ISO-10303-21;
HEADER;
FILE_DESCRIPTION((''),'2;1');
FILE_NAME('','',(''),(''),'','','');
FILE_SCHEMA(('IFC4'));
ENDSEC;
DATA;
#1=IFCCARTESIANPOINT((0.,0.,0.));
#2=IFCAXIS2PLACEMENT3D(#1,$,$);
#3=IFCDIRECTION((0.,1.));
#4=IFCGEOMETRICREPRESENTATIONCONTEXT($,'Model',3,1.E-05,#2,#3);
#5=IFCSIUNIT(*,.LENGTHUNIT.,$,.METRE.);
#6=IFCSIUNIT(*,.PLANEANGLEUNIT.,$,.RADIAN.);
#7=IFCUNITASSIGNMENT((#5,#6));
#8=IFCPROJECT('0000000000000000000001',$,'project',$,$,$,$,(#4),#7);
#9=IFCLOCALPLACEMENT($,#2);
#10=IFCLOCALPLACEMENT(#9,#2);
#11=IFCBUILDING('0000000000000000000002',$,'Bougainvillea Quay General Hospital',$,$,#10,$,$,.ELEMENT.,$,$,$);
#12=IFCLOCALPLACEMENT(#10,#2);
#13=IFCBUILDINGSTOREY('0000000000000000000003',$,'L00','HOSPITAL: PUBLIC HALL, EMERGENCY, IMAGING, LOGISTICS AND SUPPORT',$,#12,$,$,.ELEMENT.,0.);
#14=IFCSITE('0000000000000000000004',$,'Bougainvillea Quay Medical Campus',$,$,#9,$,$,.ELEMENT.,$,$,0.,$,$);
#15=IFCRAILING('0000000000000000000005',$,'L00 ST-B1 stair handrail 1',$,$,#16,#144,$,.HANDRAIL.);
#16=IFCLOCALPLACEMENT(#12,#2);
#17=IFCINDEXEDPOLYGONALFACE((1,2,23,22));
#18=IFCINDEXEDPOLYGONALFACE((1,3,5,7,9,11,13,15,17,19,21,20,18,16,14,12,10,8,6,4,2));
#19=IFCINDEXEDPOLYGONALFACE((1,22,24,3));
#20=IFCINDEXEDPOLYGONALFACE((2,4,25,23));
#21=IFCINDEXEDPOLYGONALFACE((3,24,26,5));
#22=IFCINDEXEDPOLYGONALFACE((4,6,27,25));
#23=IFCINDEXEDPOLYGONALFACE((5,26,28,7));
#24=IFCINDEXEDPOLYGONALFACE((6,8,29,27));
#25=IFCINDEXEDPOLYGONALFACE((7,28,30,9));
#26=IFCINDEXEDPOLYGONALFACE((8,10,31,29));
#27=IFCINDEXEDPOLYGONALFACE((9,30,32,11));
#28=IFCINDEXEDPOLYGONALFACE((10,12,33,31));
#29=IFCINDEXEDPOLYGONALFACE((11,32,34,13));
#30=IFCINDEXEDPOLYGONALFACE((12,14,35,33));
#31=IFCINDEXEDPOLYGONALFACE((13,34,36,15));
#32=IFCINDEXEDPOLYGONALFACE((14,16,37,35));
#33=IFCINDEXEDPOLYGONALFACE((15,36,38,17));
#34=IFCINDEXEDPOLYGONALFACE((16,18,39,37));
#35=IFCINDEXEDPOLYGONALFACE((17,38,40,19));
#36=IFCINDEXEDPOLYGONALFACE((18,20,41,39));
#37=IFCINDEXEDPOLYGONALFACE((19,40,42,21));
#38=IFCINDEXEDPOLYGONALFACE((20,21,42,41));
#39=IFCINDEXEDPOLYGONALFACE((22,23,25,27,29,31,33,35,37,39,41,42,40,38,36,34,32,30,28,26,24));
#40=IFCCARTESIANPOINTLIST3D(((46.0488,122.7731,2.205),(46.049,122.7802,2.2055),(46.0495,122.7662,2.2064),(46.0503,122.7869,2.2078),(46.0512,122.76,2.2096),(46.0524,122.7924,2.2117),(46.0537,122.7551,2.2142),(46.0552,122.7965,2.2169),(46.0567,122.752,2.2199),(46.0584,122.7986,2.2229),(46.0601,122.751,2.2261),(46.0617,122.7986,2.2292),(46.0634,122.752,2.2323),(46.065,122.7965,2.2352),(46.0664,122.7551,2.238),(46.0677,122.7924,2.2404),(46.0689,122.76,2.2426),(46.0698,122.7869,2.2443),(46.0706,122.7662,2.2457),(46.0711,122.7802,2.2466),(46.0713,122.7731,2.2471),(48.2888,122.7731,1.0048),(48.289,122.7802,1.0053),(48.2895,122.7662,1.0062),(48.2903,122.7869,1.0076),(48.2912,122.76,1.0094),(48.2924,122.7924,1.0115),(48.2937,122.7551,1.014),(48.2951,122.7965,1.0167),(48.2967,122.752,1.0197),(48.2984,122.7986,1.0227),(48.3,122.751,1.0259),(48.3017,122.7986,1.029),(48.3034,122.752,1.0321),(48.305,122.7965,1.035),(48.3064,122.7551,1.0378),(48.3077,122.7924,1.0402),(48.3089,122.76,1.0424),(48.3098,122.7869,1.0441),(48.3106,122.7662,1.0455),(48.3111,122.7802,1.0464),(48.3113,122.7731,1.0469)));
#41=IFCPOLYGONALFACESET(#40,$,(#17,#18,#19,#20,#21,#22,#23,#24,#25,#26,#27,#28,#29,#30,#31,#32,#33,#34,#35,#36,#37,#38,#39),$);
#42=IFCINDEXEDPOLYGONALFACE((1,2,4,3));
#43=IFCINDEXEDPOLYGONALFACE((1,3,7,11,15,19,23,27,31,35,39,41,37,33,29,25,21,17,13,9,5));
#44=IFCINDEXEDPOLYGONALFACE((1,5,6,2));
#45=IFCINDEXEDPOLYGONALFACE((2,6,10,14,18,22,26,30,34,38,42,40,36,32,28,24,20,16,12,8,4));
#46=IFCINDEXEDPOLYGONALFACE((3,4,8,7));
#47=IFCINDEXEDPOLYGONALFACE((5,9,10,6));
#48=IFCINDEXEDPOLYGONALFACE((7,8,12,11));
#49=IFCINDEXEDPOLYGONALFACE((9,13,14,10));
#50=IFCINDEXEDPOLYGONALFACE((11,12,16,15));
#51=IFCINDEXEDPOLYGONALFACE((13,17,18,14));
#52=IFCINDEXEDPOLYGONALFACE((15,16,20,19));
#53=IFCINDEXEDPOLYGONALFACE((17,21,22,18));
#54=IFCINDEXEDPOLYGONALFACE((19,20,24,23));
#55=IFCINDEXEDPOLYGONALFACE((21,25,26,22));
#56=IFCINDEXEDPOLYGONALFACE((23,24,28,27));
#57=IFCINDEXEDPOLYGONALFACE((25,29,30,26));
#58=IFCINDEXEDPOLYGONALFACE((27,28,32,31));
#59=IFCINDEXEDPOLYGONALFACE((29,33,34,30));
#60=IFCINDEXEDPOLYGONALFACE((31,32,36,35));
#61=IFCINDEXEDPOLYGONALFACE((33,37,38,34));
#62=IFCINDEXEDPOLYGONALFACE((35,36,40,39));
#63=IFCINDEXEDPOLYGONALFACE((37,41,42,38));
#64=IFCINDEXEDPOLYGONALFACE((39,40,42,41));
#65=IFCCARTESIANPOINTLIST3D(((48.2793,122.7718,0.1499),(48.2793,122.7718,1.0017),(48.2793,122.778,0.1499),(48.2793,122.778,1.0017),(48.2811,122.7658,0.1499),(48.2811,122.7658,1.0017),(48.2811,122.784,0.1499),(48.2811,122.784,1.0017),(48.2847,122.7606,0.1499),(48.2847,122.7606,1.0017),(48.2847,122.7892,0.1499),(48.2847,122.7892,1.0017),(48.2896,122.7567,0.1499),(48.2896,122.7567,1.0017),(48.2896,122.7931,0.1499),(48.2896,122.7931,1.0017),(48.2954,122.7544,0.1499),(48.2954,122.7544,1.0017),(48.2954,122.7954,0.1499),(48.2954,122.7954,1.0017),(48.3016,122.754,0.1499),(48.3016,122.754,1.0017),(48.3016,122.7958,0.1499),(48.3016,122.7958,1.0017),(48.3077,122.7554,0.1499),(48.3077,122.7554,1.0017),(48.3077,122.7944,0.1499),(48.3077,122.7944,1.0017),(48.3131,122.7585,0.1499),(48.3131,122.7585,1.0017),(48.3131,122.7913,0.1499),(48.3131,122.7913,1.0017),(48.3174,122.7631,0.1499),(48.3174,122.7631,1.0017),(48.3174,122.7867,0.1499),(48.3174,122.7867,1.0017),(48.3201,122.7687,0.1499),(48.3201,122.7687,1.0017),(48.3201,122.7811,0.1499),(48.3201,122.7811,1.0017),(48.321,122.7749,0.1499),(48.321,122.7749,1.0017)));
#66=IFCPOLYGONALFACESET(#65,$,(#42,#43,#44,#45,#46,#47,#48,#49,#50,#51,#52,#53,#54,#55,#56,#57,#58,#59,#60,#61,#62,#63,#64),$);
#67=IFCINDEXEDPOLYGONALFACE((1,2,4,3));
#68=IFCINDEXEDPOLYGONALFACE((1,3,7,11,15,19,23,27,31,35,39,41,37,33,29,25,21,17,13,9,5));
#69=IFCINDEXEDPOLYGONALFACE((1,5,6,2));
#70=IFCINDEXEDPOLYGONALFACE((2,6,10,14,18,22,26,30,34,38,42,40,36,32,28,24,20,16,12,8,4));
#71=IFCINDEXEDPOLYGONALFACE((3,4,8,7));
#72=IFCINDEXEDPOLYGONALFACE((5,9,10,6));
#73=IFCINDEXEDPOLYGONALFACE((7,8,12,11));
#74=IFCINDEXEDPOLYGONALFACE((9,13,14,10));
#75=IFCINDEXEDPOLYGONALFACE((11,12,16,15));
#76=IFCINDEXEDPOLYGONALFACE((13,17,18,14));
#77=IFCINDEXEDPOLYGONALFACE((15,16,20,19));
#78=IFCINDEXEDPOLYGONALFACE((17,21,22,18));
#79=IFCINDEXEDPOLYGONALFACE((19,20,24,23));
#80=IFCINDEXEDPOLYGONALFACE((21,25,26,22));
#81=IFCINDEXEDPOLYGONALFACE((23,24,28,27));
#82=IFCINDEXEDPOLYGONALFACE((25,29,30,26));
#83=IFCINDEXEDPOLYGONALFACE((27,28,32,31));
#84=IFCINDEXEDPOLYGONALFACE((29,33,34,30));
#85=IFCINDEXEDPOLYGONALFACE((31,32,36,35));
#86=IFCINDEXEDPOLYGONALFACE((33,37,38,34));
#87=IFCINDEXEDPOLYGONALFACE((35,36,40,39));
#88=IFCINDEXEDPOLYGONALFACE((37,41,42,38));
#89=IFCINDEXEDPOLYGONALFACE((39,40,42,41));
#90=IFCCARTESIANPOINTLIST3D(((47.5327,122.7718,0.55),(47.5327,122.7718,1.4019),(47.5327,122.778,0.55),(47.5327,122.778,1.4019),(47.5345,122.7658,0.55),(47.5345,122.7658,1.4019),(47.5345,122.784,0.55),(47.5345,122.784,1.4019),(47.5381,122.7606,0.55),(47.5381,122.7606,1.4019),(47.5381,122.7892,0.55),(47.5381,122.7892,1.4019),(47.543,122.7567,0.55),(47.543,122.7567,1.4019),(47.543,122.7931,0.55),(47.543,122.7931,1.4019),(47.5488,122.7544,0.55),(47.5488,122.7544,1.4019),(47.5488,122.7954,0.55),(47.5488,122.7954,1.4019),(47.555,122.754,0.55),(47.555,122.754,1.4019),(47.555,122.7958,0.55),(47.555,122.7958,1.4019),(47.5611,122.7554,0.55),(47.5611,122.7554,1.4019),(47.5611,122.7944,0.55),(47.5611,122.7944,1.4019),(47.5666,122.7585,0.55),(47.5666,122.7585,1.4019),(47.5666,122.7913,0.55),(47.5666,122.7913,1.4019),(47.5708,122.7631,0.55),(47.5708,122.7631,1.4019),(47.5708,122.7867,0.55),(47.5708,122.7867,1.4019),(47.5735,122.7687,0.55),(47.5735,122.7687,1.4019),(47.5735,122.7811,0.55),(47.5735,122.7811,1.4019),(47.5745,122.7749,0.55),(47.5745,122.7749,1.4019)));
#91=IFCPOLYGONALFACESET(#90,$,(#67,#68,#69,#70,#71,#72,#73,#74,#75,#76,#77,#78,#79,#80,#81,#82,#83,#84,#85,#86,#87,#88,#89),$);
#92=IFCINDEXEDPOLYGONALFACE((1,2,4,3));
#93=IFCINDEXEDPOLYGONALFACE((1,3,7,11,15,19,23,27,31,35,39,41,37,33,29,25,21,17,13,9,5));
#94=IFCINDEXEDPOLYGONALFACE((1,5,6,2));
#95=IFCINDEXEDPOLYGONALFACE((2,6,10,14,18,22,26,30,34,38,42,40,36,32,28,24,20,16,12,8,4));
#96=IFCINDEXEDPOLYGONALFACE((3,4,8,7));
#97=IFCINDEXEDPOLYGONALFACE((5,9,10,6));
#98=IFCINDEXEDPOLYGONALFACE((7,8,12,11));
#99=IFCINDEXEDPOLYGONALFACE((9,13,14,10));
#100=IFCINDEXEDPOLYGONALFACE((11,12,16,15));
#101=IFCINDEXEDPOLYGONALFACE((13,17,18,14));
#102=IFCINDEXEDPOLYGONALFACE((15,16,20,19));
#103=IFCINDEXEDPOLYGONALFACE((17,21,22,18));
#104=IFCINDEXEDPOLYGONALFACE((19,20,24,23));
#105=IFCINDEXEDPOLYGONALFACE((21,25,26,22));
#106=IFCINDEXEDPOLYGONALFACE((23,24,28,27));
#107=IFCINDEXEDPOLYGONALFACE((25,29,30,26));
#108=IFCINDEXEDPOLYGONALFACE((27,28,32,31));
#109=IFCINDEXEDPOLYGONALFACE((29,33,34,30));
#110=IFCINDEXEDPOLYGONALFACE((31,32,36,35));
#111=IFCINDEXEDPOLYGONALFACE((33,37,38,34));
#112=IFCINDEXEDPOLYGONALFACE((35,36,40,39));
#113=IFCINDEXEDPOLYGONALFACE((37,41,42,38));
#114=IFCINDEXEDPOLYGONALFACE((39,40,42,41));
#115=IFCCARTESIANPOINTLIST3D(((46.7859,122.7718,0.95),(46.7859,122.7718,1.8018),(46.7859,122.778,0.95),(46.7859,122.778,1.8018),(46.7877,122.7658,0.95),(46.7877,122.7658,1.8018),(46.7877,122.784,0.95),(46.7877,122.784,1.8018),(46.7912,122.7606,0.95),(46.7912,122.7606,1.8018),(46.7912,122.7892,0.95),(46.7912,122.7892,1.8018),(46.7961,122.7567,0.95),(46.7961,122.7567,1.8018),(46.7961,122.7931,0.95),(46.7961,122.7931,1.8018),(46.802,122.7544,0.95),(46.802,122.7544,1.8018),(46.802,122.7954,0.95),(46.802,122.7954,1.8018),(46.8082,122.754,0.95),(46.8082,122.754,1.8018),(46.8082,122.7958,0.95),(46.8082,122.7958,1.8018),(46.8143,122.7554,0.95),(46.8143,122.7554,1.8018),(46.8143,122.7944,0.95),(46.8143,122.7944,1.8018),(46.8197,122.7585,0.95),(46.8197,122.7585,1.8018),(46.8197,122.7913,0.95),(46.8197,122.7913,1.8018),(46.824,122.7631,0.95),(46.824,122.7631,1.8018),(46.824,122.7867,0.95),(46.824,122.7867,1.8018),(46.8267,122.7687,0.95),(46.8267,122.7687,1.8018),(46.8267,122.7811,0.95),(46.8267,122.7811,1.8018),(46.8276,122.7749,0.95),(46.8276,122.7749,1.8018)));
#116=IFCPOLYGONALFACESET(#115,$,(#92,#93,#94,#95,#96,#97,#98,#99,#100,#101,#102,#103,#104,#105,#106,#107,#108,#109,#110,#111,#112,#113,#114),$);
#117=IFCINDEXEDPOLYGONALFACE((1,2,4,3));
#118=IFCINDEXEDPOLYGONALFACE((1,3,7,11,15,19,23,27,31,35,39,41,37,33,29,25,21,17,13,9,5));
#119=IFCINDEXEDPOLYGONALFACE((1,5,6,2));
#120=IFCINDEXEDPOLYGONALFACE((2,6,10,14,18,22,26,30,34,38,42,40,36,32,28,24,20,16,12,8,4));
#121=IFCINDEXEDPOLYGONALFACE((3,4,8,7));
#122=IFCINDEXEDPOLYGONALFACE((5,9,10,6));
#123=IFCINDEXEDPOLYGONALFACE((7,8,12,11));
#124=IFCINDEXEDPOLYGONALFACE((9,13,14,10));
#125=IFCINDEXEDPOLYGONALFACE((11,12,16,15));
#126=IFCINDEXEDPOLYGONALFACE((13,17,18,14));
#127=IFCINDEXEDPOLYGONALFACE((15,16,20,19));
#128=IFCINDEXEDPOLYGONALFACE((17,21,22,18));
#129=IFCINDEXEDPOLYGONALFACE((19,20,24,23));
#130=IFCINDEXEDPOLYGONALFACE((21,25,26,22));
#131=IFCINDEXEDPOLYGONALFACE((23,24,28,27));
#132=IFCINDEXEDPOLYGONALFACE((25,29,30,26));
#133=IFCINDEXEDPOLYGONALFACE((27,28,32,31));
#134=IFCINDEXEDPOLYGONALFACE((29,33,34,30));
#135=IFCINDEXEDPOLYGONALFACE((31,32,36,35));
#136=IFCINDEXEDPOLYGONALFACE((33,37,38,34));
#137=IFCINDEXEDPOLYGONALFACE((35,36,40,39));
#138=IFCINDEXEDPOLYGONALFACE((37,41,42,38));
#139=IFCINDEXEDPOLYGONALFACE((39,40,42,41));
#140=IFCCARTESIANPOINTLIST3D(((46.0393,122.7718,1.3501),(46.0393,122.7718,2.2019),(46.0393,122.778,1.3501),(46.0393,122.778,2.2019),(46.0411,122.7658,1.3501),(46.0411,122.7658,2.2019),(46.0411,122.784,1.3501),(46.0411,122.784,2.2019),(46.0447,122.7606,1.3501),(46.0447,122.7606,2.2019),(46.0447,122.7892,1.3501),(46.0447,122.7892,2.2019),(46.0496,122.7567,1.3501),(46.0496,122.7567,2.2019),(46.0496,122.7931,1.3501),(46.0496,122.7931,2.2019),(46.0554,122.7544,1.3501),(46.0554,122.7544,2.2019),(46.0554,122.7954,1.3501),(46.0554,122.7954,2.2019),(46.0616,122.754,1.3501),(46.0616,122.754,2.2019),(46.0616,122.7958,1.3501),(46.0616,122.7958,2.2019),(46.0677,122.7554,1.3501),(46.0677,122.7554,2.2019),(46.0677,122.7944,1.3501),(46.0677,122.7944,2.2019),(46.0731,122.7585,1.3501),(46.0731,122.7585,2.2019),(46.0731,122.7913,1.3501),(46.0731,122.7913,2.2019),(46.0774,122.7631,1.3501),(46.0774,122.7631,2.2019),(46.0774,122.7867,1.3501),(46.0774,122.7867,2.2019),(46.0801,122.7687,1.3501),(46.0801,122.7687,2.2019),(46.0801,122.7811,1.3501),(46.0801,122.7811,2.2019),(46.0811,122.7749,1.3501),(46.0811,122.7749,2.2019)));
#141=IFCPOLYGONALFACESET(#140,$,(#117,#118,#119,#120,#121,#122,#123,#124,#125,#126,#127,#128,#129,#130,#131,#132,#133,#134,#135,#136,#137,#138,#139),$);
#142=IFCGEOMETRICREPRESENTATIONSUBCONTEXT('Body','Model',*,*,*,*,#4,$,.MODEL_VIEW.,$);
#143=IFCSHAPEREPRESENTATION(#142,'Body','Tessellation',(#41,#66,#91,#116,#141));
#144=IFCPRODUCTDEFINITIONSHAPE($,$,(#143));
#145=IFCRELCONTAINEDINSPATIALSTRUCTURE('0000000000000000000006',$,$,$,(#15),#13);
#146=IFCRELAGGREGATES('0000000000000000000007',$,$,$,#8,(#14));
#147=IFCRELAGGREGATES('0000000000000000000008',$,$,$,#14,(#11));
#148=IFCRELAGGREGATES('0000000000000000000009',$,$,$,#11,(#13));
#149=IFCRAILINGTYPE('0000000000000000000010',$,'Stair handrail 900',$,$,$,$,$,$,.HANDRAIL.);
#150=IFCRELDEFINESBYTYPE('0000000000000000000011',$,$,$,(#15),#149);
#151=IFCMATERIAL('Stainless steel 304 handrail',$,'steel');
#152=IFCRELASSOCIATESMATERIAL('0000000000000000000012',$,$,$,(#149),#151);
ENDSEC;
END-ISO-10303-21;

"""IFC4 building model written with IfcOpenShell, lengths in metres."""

from ifc_helpers import new_model, si_unit, direction, frame, origin, origin_2d, place, context, subcontext, project, spatial, circle, extrude, material, type_object, element, save


model = new_model("IFC4")

# Units and contexts
model_context = context("Model", 3, precision=1e-05, world=origin(), true_north=direction((0.0, 1.0)))
body_context = subcontext(model_context, "Body", "Model", "MODEL_VIEW")
ifc_project = project(units=[si_unit("LENGTHUNIT", "METRE"), si_unit("PLANEANGLEUNIT", "RADIAN")], contexts=[model_context])

# Site, building, storey
site_placement = place(None, origin())
site = spatial("IfcSite", under=ifc_project, at=site_placement, Name="Bougainvillea Quay Medical Campus", CompositionType="ELEMENT", RefElevation=0.0)
building_placement = place(site_placement, origin())
building = spatial("IfcBuilding", under=site, at=building_placement, Name="Bougainvillea Quay General Hospital", CompositionType="ELEMENT")
storey_placement = place(building_placement, origin())
storey = spatial("IfcBuildingStorey", under=building, at=storey_placement, Name="L00", Description="HOSPITAL: PUBLIC HALL, EMERGENCY, IMAGING, LOGISTICS AND SUPPORT", CompositionType="ELEMENT", Elevation=0.0)

# Railing
ifc_material_1 = material(Name="Stainless steel 304 handrail", Category="steel")
railing_type_1 = type_object("IfcRailingType", Name="Stair handrail 900", PredefinedType="HANDRAIL", material=ifc_material_1)
railing_1_placement = place(storey_placement, frame((48.3, 122.7749, 0.1499)))
element("IfcRailing", 1, at=railing_1_placement, inside=storey, type_object=railing_type_1, Name="L00 ST-B1 stair handrail 1", PredefinedType="HANDRAIL", context=body_context, shape_type="SweptSolid", body=[
    extrude(circle(Radius=0.0239, at=origin_2d()), frame((0.0, 0.0, 0.876), z_axis=(-0.881447, 0.0, 0.472283), x_axis=(0.0, -1.0, 0.0)), (0.0, 0.0, 1.0), 2.5413),
    extrude(circle(Radius=0.021, at=origin_2d()), origin(), (0.0, 0.0, 1.0), 0.8518),
    extrude(circle(Radius=0.021, at=origin_2d()), frame((-0.7466, 0.0, 0.4001)), (0.0, 0.0, 1.0), 0.8518),
    extrude(circle(Radius=0.021, at=origin_2d()), frame((-1.4934, 0.0, 0.8)), (0.0, 0.0, 1.0), 0.8518),
    extrude(circle(Radius=0.021, at=origin_2d()), frame((-2.24, 0.0, 1.2002)), (0.0, 0.0, 1.0), 0.8518),
])

save(model, "model.ifc")
